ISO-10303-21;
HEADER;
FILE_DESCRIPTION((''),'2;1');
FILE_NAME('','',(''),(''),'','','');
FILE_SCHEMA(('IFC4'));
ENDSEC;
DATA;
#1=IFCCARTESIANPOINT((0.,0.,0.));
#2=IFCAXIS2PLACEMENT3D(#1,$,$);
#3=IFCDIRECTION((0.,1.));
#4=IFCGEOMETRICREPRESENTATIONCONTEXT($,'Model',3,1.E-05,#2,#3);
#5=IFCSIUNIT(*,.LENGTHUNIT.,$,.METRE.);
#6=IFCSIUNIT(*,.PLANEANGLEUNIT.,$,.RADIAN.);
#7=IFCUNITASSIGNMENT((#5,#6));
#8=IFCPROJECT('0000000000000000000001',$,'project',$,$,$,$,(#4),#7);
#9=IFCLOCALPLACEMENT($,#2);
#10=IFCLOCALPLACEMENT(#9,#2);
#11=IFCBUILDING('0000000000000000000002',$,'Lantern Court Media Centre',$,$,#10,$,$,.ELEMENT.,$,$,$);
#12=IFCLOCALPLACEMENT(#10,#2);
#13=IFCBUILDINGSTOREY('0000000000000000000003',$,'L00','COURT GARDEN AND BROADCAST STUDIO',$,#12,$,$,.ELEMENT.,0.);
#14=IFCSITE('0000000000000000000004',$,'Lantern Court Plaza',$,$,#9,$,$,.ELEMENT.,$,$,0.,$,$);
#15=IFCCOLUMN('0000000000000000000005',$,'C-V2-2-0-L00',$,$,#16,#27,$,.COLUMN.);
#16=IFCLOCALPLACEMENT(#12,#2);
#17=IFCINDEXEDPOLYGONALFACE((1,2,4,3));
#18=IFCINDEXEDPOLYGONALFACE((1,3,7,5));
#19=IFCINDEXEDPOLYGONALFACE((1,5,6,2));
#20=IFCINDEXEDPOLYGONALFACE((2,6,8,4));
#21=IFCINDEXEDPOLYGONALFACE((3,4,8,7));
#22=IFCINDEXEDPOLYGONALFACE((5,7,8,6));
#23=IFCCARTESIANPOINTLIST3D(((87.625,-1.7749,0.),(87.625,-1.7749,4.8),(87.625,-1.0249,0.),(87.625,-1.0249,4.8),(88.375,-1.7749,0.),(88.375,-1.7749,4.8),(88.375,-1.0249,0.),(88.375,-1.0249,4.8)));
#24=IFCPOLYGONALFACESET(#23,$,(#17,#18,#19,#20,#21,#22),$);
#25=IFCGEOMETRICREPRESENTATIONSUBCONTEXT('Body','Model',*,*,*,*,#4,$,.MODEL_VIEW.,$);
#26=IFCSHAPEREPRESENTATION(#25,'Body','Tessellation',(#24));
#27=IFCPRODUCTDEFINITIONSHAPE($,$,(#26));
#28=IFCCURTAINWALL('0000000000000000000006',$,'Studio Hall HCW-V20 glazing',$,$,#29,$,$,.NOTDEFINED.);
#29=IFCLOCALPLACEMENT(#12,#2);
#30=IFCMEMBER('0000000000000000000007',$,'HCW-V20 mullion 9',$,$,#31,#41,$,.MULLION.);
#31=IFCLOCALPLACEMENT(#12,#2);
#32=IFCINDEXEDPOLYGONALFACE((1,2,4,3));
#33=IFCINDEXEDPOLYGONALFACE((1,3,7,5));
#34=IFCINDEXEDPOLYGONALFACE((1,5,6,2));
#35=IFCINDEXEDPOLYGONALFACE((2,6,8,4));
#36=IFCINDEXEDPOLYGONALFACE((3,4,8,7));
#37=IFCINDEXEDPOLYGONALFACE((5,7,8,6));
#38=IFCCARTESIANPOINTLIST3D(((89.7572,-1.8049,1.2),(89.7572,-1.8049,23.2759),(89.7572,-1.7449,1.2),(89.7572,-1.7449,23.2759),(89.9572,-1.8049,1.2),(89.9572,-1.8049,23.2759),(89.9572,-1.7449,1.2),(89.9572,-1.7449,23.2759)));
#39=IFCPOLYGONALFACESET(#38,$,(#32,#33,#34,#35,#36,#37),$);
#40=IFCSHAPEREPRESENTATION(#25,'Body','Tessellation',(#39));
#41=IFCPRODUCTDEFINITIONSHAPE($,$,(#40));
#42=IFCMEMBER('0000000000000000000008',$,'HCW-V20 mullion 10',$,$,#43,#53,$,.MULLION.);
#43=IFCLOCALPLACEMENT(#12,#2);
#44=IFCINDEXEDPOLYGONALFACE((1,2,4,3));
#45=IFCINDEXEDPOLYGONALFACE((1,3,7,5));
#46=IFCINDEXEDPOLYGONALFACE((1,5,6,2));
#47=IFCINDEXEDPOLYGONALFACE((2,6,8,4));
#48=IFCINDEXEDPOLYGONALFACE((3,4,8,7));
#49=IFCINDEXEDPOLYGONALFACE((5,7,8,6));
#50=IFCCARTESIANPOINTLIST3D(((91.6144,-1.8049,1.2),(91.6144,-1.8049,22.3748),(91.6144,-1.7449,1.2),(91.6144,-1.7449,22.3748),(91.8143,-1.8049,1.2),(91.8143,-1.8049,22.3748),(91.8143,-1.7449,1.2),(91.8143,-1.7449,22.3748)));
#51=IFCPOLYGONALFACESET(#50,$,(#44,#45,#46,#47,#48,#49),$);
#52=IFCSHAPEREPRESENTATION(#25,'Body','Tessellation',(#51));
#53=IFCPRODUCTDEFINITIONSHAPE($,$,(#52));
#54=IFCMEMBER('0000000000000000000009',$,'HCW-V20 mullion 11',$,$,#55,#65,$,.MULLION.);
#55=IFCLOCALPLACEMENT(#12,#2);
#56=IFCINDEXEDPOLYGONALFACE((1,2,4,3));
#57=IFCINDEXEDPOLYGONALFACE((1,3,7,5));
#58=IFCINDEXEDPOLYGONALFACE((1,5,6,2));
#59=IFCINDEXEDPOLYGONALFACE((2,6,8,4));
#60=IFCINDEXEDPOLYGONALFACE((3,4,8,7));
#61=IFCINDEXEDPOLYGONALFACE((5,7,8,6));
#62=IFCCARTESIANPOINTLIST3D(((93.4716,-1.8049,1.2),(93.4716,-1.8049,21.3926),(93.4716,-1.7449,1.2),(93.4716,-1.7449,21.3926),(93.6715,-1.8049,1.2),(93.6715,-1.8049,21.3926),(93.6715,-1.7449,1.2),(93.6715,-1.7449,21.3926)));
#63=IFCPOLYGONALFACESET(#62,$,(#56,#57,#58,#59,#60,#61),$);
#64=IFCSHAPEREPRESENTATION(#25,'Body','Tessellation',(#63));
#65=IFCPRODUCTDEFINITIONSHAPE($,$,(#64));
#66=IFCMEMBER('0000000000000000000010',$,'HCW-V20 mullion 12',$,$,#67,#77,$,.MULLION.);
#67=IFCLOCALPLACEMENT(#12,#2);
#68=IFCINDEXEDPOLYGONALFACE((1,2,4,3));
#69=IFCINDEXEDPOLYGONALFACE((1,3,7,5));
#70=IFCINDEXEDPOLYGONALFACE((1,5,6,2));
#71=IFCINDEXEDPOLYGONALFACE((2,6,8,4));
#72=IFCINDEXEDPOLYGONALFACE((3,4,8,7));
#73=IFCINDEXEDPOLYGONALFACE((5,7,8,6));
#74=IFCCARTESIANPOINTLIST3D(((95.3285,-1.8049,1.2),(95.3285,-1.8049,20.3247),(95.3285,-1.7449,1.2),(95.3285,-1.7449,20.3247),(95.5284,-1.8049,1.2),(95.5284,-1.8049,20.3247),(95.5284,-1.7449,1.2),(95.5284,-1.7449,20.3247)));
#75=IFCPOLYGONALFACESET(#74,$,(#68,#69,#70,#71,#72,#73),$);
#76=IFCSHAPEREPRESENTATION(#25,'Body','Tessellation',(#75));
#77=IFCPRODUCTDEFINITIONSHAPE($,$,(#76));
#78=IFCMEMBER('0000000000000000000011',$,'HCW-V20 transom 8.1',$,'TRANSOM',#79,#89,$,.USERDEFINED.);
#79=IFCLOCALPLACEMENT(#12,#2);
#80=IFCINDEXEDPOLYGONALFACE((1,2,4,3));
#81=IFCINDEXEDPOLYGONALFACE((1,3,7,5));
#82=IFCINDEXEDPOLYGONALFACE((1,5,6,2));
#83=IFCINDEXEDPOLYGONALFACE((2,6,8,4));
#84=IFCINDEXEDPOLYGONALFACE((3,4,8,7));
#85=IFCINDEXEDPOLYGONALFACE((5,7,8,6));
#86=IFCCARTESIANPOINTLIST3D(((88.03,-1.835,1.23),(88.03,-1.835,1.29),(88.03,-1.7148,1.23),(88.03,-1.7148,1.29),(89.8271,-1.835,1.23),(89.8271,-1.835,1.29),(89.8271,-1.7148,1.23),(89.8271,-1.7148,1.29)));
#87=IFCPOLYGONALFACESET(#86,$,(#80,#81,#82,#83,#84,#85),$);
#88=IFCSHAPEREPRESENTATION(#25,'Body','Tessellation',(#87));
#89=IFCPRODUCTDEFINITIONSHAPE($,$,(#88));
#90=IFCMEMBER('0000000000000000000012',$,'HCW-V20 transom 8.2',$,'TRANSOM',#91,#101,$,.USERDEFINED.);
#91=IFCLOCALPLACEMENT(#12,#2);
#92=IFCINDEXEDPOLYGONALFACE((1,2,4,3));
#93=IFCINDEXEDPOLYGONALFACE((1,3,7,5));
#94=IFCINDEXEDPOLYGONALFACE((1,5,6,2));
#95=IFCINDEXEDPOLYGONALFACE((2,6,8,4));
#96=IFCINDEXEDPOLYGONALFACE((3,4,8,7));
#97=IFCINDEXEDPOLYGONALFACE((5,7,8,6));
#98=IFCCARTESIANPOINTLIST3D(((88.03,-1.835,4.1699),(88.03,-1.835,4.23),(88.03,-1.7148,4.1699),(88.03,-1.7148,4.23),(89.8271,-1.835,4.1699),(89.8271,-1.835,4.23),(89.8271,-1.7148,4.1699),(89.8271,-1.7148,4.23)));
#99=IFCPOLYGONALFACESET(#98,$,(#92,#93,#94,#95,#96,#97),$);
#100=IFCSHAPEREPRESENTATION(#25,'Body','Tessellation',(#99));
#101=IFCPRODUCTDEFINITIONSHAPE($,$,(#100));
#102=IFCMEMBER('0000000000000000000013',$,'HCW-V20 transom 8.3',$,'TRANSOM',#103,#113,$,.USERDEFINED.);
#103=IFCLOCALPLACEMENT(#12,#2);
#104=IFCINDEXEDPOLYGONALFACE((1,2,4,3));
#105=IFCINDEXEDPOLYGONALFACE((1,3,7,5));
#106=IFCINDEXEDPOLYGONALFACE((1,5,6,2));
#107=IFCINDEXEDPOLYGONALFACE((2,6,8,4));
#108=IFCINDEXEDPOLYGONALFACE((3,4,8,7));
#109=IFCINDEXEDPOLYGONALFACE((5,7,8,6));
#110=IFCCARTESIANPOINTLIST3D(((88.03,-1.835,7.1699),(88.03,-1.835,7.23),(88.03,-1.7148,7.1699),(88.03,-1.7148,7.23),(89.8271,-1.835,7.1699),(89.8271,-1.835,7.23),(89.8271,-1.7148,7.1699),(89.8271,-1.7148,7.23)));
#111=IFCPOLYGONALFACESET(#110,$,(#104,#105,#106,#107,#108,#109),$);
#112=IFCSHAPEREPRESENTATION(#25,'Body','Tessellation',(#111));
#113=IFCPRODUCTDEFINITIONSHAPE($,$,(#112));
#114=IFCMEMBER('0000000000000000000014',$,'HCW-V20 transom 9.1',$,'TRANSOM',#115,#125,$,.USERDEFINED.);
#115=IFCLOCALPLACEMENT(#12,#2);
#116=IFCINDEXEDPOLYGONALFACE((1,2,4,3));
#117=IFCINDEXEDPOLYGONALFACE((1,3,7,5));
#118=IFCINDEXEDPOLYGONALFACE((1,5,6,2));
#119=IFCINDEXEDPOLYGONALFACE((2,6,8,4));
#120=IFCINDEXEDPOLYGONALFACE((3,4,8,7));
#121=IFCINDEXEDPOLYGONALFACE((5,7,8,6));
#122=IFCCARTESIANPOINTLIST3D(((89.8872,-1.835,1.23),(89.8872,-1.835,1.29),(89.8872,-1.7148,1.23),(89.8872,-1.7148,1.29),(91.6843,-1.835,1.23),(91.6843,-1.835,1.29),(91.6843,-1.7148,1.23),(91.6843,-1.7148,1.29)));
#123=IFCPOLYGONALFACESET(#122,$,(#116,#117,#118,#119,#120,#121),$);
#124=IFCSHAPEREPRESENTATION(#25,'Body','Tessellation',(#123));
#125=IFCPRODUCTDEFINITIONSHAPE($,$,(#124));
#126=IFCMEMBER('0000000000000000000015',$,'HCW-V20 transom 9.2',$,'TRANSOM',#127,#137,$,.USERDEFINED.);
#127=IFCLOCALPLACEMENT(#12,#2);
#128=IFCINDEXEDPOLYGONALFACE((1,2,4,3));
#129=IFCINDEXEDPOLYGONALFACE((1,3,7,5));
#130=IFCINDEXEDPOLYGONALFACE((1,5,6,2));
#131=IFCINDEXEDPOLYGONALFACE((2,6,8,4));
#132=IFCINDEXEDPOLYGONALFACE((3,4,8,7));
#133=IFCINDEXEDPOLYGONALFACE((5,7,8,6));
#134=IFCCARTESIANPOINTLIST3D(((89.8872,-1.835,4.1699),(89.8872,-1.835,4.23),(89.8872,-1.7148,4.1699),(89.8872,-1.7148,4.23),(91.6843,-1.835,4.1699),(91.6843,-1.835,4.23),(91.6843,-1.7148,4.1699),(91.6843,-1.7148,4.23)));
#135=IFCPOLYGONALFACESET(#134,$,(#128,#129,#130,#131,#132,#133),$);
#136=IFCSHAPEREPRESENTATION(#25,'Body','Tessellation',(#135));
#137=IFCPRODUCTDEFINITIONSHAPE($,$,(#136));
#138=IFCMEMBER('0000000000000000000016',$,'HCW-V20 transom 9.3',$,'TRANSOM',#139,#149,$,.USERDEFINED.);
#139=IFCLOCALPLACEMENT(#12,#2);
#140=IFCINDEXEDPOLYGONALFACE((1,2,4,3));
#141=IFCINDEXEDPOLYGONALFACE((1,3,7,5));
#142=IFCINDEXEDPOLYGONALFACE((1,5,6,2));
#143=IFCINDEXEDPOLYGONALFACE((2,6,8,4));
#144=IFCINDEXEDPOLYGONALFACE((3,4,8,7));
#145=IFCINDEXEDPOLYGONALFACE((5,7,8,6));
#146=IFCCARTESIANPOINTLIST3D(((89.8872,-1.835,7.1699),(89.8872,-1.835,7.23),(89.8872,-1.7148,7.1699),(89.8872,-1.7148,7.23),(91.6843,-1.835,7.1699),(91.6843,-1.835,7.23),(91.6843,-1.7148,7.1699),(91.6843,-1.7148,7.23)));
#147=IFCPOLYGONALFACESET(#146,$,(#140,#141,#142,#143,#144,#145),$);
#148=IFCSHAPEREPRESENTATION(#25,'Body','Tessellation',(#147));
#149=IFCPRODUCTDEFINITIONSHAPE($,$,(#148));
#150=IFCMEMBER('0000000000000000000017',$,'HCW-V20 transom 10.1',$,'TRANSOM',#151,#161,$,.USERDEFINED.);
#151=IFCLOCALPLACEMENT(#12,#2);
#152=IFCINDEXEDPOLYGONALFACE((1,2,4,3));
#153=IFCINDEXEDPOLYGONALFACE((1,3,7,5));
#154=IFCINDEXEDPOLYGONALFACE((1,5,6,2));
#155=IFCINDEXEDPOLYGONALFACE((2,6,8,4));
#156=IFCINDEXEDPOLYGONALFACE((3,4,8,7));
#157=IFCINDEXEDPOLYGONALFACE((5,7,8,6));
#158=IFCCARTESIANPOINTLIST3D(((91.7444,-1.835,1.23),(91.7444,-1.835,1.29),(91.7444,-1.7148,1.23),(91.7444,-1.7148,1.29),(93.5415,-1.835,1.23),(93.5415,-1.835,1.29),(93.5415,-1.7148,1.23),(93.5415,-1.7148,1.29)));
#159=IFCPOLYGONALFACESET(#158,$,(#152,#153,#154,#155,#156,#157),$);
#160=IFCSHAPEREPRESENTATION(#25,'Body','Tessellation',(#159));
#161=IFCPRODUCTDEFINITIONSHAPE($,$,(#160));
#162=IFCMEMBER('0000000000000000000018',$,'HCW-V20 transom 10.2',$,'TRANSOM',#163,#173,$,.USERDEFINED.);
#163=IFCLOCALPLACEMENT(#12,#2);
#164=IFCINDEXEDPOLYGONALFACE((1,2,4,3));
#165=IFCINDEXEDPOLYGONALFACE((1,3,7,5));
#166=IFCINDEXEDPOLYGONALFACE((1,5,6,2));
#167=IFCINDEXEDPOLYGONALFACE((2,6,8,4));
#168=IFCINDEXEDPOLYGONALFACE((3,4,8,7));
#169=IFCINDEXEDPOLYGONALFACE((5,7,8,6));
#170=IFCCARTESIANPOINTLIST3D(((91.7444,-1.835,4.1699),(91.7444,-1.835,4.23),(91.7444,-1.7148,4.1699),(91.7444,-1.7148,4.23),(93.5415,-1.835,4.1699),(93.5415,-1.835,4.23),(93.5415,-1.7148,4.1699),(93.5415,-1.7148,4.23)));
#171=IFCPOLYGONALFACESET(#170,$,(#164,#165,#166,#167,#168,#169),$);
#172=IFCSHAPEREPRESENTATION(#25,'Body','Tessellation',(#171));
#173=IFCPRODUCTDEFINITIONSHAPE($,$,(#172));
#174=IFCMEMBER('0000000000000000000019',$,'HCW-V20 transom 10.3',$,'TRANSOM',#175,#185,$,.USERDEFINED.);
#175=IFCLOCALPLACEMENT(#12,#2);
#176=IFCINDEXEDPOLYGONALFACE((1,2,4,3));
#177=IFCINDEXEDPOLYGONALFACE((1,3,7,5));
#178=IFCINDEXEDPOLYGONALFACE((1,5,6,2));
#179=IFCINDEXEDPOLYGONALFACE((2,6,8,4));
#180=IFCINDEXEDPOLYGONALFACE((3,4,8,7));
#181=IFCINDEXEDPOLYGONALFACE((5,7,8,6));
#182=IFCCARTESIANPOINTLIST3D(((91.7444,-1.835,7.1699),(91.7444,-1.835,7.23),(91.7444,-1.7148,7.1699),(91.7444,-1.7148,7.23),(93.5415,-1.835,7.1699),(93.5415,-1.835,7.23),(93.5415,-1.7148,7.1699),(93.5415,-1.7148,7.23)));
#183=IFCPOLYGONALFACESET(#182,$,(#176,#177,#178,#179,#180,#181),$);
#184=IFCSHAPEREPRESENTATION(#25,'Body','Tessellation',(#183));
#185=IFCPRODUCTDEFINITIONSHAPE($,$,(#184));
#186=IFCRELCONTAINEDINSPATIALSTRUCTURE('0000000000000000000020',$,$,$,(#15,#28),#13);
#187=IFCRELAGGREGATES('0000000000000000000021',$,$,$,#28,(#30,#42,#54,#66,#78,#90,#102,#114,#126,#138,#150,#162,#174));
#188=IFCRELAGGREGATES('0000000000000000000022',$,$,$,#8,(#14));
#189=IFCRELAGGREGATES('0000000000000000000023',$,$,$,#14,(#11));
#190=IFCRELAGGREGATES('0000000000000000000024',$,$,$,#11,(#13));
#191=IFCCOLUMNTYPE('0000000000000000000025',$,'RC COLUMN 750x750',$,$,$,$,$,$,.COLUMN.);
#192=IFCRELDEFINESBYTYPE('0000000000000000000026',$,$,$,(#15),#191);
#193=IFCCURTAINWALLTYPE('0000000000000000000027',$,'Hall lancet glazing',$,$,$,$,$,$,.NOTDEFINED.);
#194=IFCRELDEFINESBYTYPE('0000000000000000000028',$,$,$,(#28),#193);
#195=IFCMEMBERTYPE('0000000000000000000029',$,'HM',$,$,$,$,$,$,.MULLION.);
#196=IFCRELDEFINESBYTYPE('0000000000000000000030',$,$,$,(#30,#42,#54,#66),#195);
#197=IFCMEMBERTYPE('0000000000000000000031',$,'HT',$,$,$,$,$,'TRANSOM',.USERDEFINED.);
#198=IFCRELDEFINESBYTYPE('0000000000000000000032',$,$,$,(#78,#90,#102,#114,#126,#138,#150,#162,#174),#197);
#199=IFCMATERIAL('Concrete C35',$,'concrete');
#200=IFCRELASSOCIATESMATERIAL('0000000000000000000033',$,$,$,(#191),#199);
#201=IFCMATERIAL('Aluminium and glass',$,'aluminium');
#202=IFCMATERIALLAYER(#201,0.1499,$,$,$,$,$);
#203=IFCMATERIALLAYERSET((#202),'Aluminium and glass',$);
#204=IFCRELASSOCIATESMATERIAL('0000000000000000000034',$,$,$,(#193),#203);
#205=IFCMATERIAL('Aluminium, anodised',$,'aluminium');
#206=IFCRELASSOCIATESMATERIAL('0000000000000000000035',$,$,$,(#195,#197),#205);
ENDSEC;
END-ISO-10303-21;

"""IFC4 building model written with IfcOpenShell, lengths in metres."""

from ifc_helpers import new_model, si_unit, direction, frame, origin, origin_2d, place, context, subcontext, project, spatial, rectangle, extrude, material, layer, layer_set, material_profile, profile_set, type_object, element, aggregate, save


model = new_model("IFC4")

# Units and contexts
model_context = context("Model", 3, precision=1e-05, world=origin(), true_north=direction((0.0, 1.0)))
body_context = subcontext(model_context, "Body", "Model", "MODEL_VIEW")
ifc_project = project(units=[si_unit("LENGTHUNIT", "METRE"), si_unit("PLANEANGLEUNIT", "RADIAN")], contexts=[model_context])

# Site, building, storey
site_placement = place(None, origin())
site = spatial("IfcSite", under=ifc_project, at=site_placement, Name="Lantern Court Plaza", CompositionType="ELEMENT", RefElevation=0.0)
building_placement = place(site_placement, origin())
building = spatial("IfcBuilding", under=site, at=building_placement, Name="Lantern Court Media Centre", CompositionType="ELEMENT")
storey_placement = place(building_placement, origin())
storey = spatial("IfcBuildingStorey", under=building, at=storey_placement, Name="L00", Description="COURT GARDEN AND BROADCAST STUDIO", CompositionType="ELEMENT", Elevation=0.0)

# Column
ifc_material_1 = material(Name="Concrete C35", Category="concrete")
ifc_material_profile_1 = material_profile(ifc_material_1, rectangle(XDim=0.75, YDim=0.75, at=origin_2d()), Name="RC 750x750")
ifc_profile_set_1 = profile_set([ifc_material_profile_1], Name="Concrete C35")
column_type = type_object("IfcColumnType", Name="RC COLUMN 750x750", PredefinedType="COLUMN", material=ifc_profile_set_1)
column_placement = place(storey_placement, frame((88.0, -1.3999, 0.0), z_axis=(0.0, 0.0, 1.0), x_axis=(1.0, 0.0, 0.0)))
element("IfcColumn", 1, at=column_placement, inside=storey, type_object=column_type, Name="C-V2-2-0-L00", PredefinedType="COLUMN", context=body_context, shape_type="SweptSolid", body=[
    extrude(rectangle(XDim=0.75, YDim=0.75, at=origin_2d()), origin(), (0.0, 0.0, 1.0), 4.8),
])

# Curtain wall, members
ifc_material_2 = material(Name="Aluminium and glass", Category="aluminium")
ifc_layer_1 = layer(ifc_material_2, 0.1499)
ifc_layer_set_1 = layer_set([ifc_layer_1], Name="Aluminium and glass")
curtain_wall_type = type_object("IfcCurtainWallType", Name="Hall lancet glazing", PredefinedType="NOTDEFINED", material=ifc_layer_set_1)
curtain_wall_placement = place(storey_placement, origin())
curtain_wall = element("IfcCurtainWall", 2, at=curtain_wall_placement, inside=storey, type_object=curtain_wall_type, Name="Studio Hall HCW-V20 glazing", PredefinedType="NOTDEFINED")
ifc_material_3 = material(Name="Aluminium, anodised", Category="aluminium")
ifc_material_profile_2 = material_profile(ifc_material_3, rectangle(XDim=0.0601, YDim=0.2, at=origin_2d()), Name="HM")
ifc_profile_set_2 = profile_set([ifc_material_profile_2], Name="Aluminium, anodised")
member_type_1 = type_object("IfcMemberType", Name="HM", PredefinedType="MULLION", material=ifc_profile_set_2)
member_1_placement = place(storey_placement, frame((89.8572, -1.7749, 1.2), z_axis=(0.0, 0.0, 1.0), x_axis=(0.0, 1.0, 0.0)))
member_1 = element("IfcMember", 3, at=member_1_placement, type_object=member_type_1, Name="HCW-V20 mullion 9", PredefinedType="MULLION", context=body_context, shape_type="SweptSolid", body=[
    extrude(rectangle(XDim=0.0601, YDim=0.2, at=origin_2d()), origin(), (0.0, 0.0, 1.0), 22.0759),
])
member_2_placement = place(storey_placement, frame((91.7144, -1.7749, 1.2), z_axis=(0.0, 0.0, 1.0), x_axis=(0.0, 1.0, 0.0)))
member_2 = element("IfcMember", 4, at=member_2_placement, type_object=member_type_1, Name="HCW-V20 mullion 10", PredefinedType="MULLION", context=body_context, shape_type="SweptSolid", body=[
    extrude(rectangle(XDim=0.0601, YDim=0.2, at=origin_2d()), origin(), (0.0, 0.0, 1.0), 21.1748),
])
member_3_placement = place(storey_placement, frame((93.5715, -1.7749, 1.2), z_axis=(0.0, 0.0, 1.0), x_axis=(0.0, 1.0, 0.0)))
member_3 = element("IfcMember", 5, at=member_3_placement, type_object=member_type_1, Name="HCW-V20 mullion 11", PredefinedType="MULLION", context=body_context, shape_type="SweptSolid", body=[
    extrude(rectangle(XDim=0.0601, YDim=0.2, at=origin_2d()), origin(), (0.0, 0.0, 1.0), 20.1926),
])
member_4_placement = place(storey_placement, frame((95.4285, -1.7749, 1.2), z_axis=(0.0, 0.0, 1.0), x_axis=(0.0, 1.0, 0.0)))
member_4 = element("IfcMember", 6, at=member_4_placement, type_object=member_type_1, Name="HCW-V20 mullion 12", PredefinedType="MULLION", context=body_context, shape_type="SweptSolid", body=[
    extrude(rectangle(XDim=0.0601, YDim=0.2, at=origin_2d()), origin(), (0.0, 0.0, 1.0), 19.1248),
])
ifc_material_profile_3 = material_profile(ifc_material_3, rectangle(XDim=0.1201, YDim=0.0601, at=origin_2d()), Name="HT")
ifc_profile_set_3 = profile_set([ifc_material_profile_3], Name="Aluminium, anodised")
member_type_2 = type_object("IfcMemberType", Name="HT", ElementType="TRANSOM", PredefinedType="USERDEFINED", material=ifc_profile_set_3)
member_5_placement = place(storey_placement, frame((88.03, -1.7749, 1.26), z_axis=(1.0, 0.0, 0.0), x_axis=(0.0, 1.0, 0.0)))
member_5 = element("IfcMember", 7, at=member_5_placement, type_object=member_type_2, Name="HCW-V20 transom 8.1", ObjectType="TRANSOM", PredefinedType="USERDEFINED", context=body_context, shape_type="SweptSolid", body=[
    extrude(rectangle(XDim=0.1201, YDim=0.0601, at=origin_2d()), origin(), (0.0, 0.0, 1.0), 1.7971),
])
member_6_placement = place(storey_placement, frame((88.03, -1.7749, 4.2), z_axis=(1.0, 0.0, 0.0), x_axis=(0.0, 1.0, 0.0)))
member_6 = element("IfcMember", 8, at=member_6_placement, type_object=member_type_2, Name="HCW-V20 transom 8.2", ObjectType="TRANSOM", PredefinedType="USERDEFINED", context=body_context, shape_type="SweptSolid", body=[
    extrude(rectangle(XDim=0.1201, YDim=0.0601, at=origin_2d()), origin(), (0.0, 0.0, 1.0), 1.7971),
])
member_7_placement = place(storey_placement, frame((88.03, -1.7749, 7.2), z_axis=(1.0, 0.0, 0.0), x_axis=(0.0, 1.0, 0.0)))
member_7 = element("IfcMember", 9, at=member_7_placement, type_object=member_type_2, Name="HCW-V20 transom 8.3", ObjectType="TRANSOM", PredefinedType="USERDEFINED", context=body_context, shape_type="SweptSolid", body=[
    extrude(rectangle(XDim=0.1201, YDim=0.0601, at=origin_2d()), origin(), (0.0, 0.0, 1.0), 1.7971),
])
member_8_placement = place(storey_placement, frame((89.8872, -1.7749, 1.26), z_axis=(1.0, 0.0, 0.0), x_axis=(0.0, 1.0, 0.0)))
member_8 = element("IfcMember", 10, at=member_8_placement, type_object=member_type_2, Name="HCW-V20 transom 9.1", ObjectType="TRANSOM", PredefinedType="USERDEFINED", context=body_context, shape_type="SweptSolid", body=[
    extrude(rectangle(XDim=0.1201, YDim=0.0601, at=origin_2d()), origin(), (0.0, 0.0, 1.0), 1.7971),
])
member_9_placement = place(storey_placement, frame((89.8872, -1.7749, 4.2), z_axis=(1.0, 0.0, 0.0), x_axis=(0.0, 1.0, 0.0)))
member_9 = element("IfcMember", 11, at=member_9_placement, type_object=member_type_2, Name="HCW-V20 transom 9.2", ObjectType="TRANSOM", PredefinedType="USERDEFINED", context=body_context, shape_type="SweptSolid", body=[
    extrude(rectangle(XDim=0.1201, YDim=0.0601, at=origin_2d()), origin(), (0.0, 0.0, 1.0), 1.7971),
])
member_10_placement = place(storey_placement, frame((89.8872, -1.7749, 7.2), z_axis=(1.0, 0.0, 0.0), x_axis=(0.0, 1.0, 0.0)))
member_10 = element("IfcMember", 12, at=member_10_placement, type_object=member_type_2, Name="HCW-V20 transom 9.3", ObjectType="TRANSOM", PredefinedType="USERDEFINED", context=body_context, shape_type="SweptSolid", body=[
    extrude(rectangle(XDim=0.1201, YDim=0.0601, at=origin_2d()), origin(), (0.0, 0.0, 1.0), 1.7971),
])
member_11_placement = place(storey_placement, frame((91.7444, -1.7749, 1.26), z_axis=(1.0, 0.0, 0.0), x_axis=(0.0, 1.0, 0.0)))
member_11 = element("IfcMember", 13, at=member_11_placement, type_object=member_type_2, Name="HCW-V20 transom 10.1", ObjectType="TRANSOM", PredefinedType="USERDEFINED", context=body_context, shape_type="SweptSolid", body=[
    extrude(rectangle(XDim=0.1201, YDim=0.0601, at=origin_2d()), origin(), (0.0, 0.0, 1.0), 1.7971),
])
member_12_placement = place(storey_placement, frame((91.7444, -1.7749, 4.2), z_axis=(1.0, 0.0, 0.0), x_axis=(0.0, 1.0, 0.0)))
member_12 = element("IfcMember", 14, at=member_12_placement, type_object=member_type_2, Name="HCW-V20 transom 10.2", ObjectType="TRANSOM", PredefinedType="USERDEFINED", context=body_context, shape_type="SweptSolid", body=[
    extrude(rectangle(XDim=0.1201, YDim=0.0601, at=origin_2d()), origin(), (0.0, 0.0, 1.0), 1.7971),
])
member_13_placement = place(storey_placement, frame((91.7444, -1.7749, 7.2), z_axis=(1.0, 0.0, 0.0), x_axis=(0.0, 1.0, 0.0)))
member_13 = element("IfcMember", 15, at=member_13_placement, type_object=member_type_2, Name="HCW-V20 transom 10.3", ObjectType="TRANSOM", PredefinedType="USERDEFINED", context=body_context, shape_type="SweptSolid", body=[
    extrude(rectangle(XDim=0.1201, YDim=0.0601, at=origin_2d()), origin(), (0.0, 0.0, 1.0), 1.7971),
])

aggregate(curtain_wall, [member_1, member_2, member_3, member_4, member_5, member_6, member_7, member_8, member_9, member_10, member_11, member_12, member_13])

save(model, "model.ifc")
